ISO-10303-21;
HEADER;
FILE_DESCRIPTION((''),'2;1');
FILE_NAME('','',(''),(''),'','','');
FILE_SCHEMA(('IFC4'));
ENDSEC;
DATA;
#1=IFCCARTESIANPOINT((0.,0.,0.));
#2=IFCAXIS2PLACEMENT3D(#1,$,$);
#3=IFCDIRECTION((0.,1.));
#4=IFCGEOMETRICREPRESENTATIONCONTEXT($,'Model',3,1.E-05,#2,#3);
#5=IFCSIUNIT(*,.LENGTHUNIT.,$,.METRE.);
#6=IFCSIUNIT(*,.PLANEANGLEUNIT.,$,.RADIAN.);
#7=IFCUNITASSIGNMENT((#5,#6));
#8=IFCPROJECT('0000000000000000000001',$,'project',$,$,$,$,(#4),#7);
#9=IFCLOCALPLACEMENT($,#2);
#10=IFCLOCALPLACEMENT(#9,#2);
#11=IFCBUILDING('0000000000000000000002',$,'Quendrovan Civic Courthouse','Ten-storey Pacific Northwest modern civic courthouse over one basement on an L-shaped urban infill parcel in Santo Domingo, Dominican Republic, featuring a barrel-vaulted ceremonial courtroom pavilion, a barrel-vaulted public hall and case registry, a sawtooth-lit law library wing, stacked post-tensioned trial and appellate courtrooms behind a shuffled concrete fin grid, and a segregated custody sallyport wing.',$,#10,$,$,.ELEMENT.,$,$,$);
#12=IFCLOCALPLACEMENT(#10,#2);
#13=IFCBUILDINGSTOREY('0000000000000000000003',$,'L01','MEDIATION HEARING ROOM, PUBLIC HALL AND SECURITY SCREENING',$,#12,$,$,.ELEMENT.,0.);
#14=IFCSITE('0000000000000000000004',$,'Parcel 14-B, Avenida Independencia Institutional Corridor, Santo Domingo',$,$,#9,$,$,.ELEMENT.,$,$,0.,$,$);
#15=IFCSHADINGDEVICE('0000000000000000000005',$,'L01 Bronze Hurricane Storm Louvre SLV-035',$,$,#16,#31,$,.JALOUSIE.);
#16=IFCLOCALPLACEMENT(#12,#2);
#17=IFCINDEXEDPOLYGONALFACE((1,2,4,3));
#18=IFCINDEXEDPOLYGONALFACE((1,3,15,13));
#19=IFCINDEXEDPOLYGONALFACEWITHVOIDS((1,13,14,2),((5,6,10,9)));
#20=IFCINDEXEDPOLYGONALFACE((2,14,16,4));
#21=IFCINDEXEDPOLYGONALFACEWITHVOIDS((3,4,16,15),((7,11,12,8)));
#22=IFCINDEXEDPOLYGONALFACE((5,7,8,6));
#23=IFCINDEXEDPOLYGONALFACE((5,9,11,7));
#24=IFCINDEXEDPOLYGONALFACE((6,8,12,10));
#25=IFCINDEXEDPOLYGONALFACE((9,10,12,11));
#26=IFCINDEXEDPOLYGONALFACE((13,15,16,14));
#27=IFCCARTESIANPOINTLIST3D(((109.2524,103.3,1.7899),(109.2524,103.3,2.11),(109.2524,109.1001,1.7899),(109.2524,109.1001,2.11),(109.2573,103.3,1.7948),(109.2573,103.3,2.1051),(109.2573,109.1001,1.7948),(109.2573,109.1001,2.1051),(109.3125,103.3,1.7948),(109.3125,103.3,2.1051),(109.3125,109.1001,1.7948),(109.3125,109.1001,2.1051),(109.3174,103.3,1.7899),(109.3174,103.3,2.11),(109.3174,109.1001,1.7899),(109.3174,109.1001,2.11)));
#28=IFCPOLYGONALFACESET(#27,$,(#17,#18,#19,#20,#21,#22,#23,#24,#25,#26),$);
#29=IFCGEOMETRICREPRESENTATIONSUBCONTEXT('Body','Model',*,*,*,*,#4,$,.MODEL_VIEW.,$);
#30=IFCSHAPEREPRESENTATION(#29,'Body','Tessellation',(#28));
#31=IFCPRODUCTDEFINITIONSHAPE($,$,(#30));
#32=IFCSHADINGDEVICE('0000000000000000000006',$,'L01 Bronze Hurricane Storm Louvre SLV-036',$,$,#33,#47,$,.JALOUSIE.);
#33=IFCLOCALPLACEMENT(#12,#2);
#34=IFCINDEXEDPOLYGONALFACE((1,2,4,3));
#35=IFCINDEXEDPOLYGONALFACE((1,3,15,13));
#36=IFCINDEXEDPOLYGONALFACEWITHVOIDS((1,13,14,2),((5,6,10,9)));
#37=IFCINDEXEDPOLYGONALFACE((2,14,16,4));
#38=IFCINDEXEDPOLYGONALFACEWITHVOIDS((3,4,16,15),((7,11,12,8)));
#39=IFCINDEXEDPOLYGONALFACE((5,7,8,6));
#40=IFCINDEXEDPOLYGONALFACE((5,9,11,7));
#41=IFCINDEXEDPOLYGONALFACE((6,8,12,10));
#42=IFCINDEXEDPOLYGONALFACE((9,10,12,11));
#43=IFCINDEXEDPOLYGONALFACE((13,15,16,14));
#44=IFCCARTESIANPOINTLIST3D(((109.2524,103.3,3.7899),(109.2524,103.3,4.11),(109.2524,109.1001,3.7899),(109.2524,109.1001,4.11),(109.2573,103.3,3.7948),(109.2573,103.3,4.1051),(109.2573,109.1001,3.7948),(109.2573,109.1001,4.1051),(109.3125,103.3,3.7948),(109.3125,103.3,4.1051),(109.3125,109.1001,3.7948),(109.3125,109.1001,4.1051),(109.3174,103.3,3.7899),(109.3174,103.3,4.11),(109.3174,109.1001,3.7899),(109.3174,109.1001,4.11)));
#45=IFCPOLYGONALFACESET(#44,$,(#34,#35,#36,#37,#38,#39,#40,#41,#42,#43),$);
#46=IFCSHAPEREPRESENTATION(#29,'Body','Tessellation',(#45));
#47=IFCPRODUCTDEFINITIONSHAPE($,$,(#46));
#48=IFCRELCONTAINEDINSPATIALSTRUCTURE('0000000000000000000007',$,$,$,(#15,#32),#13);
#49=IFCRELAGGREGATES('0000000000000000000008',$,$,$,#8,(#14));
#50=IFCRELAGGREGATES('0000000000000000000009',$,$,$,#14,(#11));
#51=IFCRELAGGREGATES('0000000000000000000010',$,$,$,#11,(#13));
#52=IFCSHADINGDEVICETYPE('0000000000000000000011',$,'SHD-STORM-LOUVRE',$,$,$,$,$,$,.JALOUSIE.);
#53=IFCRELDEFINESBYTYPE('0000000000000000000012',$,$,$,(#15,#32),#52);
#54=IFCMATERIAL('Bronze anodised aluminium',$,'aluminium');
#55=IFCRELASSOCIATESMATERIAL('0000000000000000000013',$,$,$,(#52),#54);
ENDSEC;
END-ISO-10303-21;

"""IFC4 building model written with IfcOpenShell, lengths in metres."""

from ifc_helpers import new_model, si_unit, direction, frame, origin, origin_2d, place, context, subcontext, project, spatial, hollow_rectangle, extrude, material, material_profile, profile_set, type_object, element, save


model = new_model("IFC4")

# Units and contexts
model_context = context("Model", 3, precision=1e-05, world=origin(), true_north=direction((0.0, 1.0)))
body_context = subcontext(model_context, "Body", "Model", "MODEL_VIEW")
ifc_project = project(units=[si_unit("LENGTHUNIT", "METRE"), si_unit("PLANEANGLEUNIT", "RADIAN")], contexts=[model_context])

# Site, building, storey
site_placement = place(None, origin())
site = spatial("IfcSite", under=ifc_project, at=site_placement, Name="Parcel 14-B, Avenida Independencia Institutional Corridor, Santo Domingo", CompositionType="ELEMENT", RefElevation=0.0)
building_placement = place(site_placement, origin())
building = spatial("IfcBuilding", under=site, at=building_placement, Name="Quendrovan Civic Courthouse", Description="Ten-storey Pacific Northwest modern civic courthouse over one basement on an L-shaped urban infill parcel in Santo Domingo, Dominican Republic, featuring a barrel-vaulted ceremonial courtroom pavilion, a barrel-vaulted public hall and case registry, a sawtooth-lit law library wing, stacked post-tensioned trial and appellate courtrooms behind a shuffled concrete fin grid, and a segregated custody sallyport wing.", CompositionType="ELEMENT")
storey_placement = place(building_placement, origin())
storey = spatial("IfcBuildingStorey", under=building, at=storey_placement, Name="L01", Description="MEDIATION HEARING ROOM, PUBLIC HALL AND SECURITY SCREENING", CompositionType="ELEMENT", Elevation=0.0)

# Shared definitions
ifc_material_1 = material(Name="Bronze anodised aluminium", Category="aluminium")

# Shading devices
ifc_material_profile_1 = material_profile(ifc_material_1, hollow_rectangle(XDim=0.0649, YDim=0.3201, WallThickness=0.0049, at=origin_2d()), Name="AL-LOUVRE-65x320")
ifc_profile_set_1 = profile_set([ifc_material_profile_1], Name="Bronze anodised aluminium")
shading_device_type = type_object("IfcShadingDeviceType", Name="SHD-STORM-LOUVRE", PredefinedType="JALOUSIE", material=ifc_profile_set_1)
for number, where, z_axis, x_axis, name in (
    (1, (109.2849, 103.3, 1.95), (0.0, 1.0, 0.0), (-1.0, 0.0, 0.0), "L01 Bronze Hurricane Storm Louvre SLV-035"),
    (2, (109.2849, 103.3, 3.95), (0.0, 1.0, 0.0), (-1.0, 0.0, 0.0), "L01 Bronze Hurricane Storm Louvre SLV-036"),
):
    element("IfcShadingDevice", number, at=place(storey_placement, frame(where, z_axis=z_axis, x_axis=x_axis)), inside=storey, type_object=shading_device_type, Name=name, PredefinedType="JALOUSIE", context=body_context, shape_type="SweptSolid", body=[
        extrude(hollow_rectangle(XDim=0.0649, YDim=0.3201, WallThickness=0.0049, at=origin_2d()), origin(), (0.0, 0.0, 1.0), 5.8),
    ])

save(model, "model.ifc")
